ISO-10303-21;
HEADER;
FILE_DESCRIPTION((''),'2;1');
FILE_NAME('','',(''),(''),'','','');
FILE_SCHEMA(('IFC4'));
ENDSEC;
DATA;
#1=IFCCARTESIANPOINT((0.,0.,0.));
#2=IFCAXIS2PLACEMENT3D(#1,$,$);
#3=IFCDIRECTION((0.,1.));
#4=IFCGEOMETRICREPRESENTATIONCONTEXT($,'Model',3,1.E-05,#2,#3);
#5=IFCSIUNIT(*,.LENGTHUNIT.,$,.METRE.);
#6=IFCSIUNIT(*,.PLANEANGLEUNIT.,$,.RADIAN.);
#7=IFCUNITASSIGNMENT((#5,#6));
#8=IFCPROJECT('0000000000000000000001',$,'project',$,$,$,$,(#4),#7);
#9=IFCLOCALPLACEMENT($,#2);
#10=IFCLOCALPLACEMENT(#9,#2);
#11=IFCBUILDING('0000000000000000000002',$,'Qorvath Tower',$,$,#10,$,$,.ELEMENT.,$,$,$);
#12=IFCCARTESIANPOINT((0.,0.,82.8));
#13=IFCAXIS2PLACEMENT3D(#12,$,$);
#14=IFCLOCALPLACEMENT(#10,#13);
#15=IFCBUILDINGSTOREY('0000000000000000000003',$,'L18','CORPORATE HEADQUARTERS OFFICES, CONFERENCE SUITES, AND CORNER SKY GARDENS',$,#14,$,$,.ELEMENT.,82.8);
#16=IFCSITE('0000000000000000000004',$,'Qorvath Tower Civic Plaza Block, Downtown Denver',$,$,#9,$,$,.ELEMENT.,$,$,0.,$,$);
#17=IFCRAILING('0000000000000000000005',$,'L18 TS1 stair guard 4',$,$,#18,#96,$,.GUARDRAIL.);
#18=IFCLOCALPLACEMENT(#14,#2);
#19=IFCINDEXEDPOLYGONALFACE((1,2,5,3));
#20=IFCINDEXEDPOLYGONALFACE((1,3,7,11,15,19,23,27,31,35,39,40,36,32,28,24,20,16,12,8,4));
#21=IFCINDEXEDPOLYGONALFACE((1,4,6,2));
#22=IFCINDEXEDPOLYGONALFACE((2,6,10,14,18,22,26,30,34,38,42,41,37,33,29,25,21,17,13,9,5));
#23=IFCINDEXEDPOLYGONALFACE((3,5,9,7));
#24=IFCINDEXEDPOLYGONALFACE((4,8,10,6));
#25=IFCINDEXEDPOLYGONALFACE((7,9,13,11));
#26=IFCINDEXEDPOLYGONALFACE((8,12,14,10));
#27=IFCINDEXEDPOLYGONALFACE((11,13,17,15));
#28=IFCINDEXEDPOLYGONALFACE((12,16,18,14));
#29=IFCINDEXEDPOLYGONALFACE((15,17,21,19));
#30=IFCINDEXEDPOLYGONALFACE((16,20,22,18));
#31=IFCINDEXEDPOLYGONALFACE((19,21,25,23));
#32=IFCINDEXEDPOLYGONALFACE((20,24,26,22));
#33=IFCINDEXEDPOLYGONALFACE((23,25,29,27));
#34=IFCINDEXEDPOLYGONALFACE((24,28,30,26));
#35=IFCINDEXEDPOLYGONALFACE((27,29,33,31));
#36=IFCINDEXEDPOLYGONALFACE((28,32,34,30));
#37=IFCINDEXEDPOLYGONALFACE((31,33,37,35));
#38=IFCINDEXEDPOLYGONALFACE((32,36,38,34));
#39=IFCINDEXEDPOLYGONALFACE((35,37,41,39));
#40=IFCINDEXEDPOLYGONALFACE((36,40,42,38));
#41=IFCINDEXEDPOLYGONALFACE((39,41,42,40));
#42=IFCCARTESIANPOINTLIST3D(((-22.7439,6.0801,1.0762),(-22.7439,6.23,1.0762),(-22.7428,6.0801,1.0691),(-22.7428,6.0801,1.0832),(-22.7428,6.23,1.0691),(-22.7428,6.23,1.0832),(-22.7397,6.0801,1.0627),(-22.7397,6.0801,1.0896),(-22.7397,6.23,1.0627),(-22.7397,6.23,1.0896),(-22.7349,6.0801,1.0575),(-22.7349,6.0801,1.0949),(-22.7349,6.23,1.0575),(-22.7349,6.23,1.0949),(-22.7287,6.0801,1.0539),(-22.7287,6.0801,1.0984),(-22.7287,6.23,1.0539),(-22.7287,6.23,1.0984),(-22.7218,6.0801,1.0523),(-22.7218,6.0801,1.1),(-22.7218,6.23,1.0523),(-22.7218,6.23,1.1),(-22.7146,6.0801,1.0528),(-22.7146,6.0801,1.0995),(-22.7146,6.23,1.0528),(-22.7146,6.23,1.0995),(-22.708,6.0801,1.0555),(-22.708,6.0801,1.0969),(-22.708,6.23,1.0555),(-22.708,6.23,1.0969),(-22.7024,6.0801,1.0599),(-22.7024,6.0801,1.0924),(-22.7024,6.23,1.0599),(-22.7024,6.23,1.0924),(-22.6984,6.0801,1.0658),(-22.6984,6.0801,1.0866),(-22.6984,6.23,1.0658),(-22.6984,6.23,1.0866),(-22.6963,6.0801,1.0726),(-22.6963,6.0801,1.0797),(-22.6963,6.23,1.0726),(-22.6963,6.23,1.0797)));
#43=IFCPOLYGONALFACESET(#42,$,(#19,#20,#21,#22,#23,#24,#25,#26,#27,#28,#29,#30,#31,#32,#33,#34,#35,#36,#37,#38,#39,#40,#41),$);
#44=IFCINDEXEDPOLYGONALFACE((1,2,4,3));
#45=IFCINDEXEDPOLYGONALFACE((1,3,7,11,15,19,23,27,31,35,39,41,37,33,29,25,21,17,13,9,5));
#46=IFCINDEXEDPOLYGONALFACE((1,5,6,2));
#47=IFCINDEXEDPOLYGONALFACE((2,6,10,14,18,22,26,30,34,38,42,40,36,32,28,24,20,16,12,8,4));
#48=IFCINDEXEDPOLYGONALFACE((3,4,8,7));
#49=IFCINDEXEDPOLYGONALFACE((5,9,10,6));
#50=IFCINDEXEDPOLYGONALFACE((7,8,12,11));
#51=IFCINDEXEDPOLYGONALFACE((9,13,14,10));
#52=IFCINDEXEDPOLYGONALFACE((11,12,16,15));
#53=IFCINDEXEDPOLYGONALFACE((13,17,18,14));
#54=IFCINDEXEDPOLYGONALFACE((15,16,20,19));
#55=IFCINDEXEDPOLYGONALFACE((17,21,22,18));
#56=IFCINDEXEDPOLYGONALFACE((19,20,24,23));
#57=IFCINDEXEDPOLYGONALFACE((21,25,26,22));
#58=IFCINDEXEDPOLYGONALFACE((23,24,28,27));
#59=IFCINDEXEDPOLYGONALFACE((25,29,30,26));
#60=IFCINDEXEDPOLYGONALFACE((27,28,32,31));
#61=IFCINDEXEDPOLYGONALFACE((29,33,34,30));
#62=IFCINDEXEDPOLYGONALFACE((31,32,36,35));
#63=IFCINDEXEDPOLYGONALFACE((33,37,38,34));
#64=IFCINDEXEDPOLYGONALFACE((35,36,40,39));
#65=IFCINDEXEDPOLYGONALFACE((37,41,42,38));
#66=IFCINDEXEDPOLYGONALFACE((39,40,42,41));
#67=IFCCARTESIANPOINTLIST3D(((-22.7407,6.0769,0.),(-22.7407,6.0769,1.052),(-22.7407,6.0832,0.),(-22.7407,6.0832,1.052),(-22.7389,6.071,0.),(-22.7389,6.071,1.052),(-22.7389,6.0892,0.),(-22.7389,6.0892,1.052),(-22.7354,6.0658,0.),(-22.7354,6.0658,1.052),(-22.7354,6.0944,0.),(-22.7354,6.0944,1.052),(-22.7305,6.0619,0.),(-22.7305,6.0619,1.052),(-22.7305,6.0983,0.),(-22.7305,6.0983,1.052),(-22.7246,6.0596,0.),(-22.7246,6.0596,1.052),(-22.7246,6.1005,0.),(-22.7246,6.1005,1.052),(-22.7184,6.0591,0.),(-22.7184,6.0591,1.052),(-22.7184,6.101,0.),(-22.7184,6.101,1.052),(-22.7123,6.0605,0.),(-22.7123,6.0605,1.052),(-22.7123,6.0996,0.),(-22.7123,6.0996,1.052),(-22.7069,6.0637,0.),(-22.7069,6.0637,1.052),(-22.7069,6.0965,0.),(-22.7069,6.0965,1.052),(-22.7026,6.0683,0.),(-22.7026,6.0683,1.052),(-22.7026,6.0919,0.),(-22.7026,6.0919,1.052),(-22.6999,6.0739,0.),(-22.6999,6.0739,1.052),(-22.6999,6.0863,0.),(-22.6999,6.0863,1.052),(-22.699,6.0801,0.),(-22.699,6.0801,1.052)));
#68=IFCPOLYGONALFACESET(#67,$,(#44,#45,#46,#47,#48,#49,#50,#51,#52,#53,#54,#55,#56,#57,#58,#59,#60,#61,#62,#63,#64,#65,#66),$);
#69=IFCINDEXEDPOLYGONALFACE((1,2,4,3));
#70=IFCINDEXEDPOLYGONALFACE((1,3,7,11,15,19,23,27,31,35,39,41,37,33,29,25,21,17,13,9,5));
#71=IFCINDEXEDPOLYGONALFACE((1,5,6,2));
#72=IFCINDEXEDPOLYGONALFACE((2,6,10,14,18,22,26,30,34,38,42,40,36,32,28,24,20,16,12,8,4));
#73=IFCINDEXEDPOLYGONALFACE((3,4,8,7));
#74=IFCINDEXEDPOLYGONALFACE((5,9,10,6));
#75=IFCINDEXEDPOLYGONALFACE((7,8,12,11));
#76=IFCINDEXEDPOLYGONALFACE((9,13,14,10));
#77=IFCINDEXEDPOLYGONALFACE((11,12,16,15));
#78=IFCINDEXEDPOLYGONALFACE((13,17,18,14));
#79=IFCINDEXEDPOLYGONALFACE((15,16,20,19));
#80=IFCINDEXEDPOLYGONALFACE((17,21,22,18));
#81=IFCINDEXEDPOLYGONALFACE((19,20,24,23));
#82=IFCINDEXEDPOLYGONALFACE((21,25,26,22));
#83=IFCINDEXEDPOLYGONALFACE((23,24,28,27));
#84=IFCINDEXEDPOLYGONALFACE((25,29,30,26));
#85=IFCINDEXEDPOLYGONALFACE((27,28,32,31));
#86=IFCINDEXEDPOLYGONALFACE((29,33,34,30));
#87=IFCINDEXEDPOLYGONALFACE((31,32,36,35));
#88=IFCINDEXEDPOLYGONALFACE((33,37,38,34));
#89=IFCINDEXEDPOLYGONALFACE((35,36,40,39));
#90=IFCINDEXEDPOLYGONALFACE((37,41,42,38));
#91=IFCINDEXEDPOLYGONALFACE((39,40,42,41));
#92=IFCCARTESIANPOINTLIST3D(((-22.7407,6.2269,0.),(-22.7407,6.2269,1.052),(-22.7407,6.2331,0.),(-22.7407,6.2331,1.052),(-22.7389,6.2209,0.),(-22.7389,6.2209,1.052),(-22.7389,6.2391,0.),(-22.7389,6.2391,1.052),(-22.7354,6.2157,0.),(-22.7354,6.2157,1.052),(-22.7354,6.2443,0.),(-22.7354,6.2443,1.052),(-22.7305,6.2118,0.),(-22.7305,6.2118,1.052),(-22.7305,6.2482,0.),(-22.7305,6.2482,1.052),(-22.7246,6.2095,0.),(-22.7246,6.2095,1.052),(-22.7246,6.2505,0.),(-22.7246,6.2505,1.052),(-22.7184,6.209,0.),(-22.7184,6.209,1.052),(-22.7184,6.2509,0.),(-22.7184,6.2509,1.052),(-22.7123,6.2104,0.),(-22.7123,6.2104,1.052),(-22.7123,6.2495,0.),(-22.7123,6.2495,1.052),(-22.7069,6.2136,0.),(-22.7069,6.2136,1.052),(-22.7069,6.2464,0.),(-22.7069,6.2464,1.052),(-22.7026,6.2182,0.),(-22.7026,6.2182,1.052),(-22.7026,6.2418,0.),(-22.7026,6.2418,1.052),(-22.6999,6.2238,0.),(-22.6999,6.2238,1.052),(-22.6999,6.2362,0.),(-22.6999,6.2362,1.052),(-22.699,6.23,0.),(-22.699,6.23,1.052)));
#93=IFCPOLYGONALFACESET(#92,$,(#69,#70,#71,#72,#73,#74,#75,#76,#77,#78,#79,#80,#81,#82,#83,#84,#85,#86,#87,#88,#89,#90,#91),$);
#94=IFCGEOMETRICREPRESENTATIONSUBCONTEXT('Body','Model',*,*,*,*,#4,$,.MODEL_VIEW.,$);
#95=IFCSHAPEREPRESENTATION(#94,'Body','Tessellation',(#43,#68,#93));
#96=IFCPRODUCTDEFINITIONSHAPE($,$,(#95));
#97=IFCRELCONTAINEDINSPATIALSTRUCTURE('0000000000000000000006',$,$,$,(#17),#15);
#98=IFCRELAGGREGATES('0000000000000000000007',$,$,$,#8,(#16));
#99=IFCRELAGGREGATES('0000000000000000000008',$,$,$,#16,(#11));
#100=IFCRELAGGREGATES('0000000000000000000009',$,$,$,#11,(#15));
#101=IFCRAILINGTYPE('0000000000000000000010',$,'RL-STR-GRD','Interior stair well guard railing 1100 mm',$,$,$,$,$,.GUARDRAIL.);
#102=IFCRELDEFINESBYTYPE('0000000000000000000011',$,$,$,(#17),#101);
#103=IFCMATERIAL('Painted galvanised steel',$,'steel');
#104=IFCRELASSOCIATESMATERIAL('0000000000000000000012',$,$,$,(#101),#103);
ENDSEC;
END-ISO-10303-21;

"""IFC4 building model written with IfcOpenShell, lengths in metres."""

from ifc_helpers import new_model, si_unit, direction, frame, origin, origin_2d, place, context, subcontext, project, spatial, circle, extrude, material, type_object, element, save


model = new_model("IFC4")

# Units and contexts
model_context = context("Model", 3, precision=1e-05, world=origin(), true_north=direction((0.0, 1.0)))
body_context = subcontext(model_context, "Body", "Model", "MODEL_VIEW")
ifc_project = project(units=[si_unit("LENGTHUNIT", "METRE"), si_unit("PLANEANGLEUNIT", "RADIAN")], contexts=[model_context])

# Site, building, storey
site_placement = place(None, origin())
site = spatial("IfcSite", under=ifc_project, at=site_placement, Name="Qorvath Tower Civic Plaza Block, Downtown Denver", CompositionType="ELEMENT", RefElevation=0.0)
building_placement = place(site_placement, origin())
building = spatial("IfcBuilding", under=site, at=building_placement, Name="Qorvath Tower", CompositionType="ELEMENT")
storey_placement = place(building_placement, frame((0.0, 0.0, 82.8)))
storey = spatial("IfcBuildingStorey", under=building, at=storey_placement, Name="L18", Description="CORPORATE HEADQUARTERS OFFICES, CONFERENCE SUITES, AND CORNER SKY GARDENS", CompositionType="ELEMENT", Elevation=82.8)

# Railing
ifc_material_1 = material(Name="Painted galvanised steel", Category="steel")
railing_type_1 = type_object("IfcRailingType", Name="RL-STR-GRD", Description="Interior stair well guard railing 1100 mm", PredefinedType="GUARDRAIL", material=ifc_material_1)
railing_1_placement = place(storey_placement, frame((-22.72, 6.0801, 0.0)))
element("IfcRailing", 1, at=railing_1_placement, inside=storey, type_object=railing_type_1, Name="L18 TS1 stair guard 4", PredefinedType="GUARDRAIL", context=body_context, shape_type="SweptSolid", body=[
    extrude(circle(Radius=0.0239, at=origin_2d()), frame((0.0, 0.0, 1.0762), z_axis=(0.0, 1.0, 0.0), x_axis=(-1.0, 0.0, 0.0)), (0.0, 0.0, 1.0), 0.1499),
    extrude(circle(Radius=0.021, at=origin_2d()), origin(), (0.0, 0.0, 1.0), 1.052),
    extrude(circle(Radius=0.021, at=origin_2d()), frame((0.0, 0.1499, 0.0)), (0.0, 0.0, 1.0), 1.052),
])

save(model, "model.ifc")
